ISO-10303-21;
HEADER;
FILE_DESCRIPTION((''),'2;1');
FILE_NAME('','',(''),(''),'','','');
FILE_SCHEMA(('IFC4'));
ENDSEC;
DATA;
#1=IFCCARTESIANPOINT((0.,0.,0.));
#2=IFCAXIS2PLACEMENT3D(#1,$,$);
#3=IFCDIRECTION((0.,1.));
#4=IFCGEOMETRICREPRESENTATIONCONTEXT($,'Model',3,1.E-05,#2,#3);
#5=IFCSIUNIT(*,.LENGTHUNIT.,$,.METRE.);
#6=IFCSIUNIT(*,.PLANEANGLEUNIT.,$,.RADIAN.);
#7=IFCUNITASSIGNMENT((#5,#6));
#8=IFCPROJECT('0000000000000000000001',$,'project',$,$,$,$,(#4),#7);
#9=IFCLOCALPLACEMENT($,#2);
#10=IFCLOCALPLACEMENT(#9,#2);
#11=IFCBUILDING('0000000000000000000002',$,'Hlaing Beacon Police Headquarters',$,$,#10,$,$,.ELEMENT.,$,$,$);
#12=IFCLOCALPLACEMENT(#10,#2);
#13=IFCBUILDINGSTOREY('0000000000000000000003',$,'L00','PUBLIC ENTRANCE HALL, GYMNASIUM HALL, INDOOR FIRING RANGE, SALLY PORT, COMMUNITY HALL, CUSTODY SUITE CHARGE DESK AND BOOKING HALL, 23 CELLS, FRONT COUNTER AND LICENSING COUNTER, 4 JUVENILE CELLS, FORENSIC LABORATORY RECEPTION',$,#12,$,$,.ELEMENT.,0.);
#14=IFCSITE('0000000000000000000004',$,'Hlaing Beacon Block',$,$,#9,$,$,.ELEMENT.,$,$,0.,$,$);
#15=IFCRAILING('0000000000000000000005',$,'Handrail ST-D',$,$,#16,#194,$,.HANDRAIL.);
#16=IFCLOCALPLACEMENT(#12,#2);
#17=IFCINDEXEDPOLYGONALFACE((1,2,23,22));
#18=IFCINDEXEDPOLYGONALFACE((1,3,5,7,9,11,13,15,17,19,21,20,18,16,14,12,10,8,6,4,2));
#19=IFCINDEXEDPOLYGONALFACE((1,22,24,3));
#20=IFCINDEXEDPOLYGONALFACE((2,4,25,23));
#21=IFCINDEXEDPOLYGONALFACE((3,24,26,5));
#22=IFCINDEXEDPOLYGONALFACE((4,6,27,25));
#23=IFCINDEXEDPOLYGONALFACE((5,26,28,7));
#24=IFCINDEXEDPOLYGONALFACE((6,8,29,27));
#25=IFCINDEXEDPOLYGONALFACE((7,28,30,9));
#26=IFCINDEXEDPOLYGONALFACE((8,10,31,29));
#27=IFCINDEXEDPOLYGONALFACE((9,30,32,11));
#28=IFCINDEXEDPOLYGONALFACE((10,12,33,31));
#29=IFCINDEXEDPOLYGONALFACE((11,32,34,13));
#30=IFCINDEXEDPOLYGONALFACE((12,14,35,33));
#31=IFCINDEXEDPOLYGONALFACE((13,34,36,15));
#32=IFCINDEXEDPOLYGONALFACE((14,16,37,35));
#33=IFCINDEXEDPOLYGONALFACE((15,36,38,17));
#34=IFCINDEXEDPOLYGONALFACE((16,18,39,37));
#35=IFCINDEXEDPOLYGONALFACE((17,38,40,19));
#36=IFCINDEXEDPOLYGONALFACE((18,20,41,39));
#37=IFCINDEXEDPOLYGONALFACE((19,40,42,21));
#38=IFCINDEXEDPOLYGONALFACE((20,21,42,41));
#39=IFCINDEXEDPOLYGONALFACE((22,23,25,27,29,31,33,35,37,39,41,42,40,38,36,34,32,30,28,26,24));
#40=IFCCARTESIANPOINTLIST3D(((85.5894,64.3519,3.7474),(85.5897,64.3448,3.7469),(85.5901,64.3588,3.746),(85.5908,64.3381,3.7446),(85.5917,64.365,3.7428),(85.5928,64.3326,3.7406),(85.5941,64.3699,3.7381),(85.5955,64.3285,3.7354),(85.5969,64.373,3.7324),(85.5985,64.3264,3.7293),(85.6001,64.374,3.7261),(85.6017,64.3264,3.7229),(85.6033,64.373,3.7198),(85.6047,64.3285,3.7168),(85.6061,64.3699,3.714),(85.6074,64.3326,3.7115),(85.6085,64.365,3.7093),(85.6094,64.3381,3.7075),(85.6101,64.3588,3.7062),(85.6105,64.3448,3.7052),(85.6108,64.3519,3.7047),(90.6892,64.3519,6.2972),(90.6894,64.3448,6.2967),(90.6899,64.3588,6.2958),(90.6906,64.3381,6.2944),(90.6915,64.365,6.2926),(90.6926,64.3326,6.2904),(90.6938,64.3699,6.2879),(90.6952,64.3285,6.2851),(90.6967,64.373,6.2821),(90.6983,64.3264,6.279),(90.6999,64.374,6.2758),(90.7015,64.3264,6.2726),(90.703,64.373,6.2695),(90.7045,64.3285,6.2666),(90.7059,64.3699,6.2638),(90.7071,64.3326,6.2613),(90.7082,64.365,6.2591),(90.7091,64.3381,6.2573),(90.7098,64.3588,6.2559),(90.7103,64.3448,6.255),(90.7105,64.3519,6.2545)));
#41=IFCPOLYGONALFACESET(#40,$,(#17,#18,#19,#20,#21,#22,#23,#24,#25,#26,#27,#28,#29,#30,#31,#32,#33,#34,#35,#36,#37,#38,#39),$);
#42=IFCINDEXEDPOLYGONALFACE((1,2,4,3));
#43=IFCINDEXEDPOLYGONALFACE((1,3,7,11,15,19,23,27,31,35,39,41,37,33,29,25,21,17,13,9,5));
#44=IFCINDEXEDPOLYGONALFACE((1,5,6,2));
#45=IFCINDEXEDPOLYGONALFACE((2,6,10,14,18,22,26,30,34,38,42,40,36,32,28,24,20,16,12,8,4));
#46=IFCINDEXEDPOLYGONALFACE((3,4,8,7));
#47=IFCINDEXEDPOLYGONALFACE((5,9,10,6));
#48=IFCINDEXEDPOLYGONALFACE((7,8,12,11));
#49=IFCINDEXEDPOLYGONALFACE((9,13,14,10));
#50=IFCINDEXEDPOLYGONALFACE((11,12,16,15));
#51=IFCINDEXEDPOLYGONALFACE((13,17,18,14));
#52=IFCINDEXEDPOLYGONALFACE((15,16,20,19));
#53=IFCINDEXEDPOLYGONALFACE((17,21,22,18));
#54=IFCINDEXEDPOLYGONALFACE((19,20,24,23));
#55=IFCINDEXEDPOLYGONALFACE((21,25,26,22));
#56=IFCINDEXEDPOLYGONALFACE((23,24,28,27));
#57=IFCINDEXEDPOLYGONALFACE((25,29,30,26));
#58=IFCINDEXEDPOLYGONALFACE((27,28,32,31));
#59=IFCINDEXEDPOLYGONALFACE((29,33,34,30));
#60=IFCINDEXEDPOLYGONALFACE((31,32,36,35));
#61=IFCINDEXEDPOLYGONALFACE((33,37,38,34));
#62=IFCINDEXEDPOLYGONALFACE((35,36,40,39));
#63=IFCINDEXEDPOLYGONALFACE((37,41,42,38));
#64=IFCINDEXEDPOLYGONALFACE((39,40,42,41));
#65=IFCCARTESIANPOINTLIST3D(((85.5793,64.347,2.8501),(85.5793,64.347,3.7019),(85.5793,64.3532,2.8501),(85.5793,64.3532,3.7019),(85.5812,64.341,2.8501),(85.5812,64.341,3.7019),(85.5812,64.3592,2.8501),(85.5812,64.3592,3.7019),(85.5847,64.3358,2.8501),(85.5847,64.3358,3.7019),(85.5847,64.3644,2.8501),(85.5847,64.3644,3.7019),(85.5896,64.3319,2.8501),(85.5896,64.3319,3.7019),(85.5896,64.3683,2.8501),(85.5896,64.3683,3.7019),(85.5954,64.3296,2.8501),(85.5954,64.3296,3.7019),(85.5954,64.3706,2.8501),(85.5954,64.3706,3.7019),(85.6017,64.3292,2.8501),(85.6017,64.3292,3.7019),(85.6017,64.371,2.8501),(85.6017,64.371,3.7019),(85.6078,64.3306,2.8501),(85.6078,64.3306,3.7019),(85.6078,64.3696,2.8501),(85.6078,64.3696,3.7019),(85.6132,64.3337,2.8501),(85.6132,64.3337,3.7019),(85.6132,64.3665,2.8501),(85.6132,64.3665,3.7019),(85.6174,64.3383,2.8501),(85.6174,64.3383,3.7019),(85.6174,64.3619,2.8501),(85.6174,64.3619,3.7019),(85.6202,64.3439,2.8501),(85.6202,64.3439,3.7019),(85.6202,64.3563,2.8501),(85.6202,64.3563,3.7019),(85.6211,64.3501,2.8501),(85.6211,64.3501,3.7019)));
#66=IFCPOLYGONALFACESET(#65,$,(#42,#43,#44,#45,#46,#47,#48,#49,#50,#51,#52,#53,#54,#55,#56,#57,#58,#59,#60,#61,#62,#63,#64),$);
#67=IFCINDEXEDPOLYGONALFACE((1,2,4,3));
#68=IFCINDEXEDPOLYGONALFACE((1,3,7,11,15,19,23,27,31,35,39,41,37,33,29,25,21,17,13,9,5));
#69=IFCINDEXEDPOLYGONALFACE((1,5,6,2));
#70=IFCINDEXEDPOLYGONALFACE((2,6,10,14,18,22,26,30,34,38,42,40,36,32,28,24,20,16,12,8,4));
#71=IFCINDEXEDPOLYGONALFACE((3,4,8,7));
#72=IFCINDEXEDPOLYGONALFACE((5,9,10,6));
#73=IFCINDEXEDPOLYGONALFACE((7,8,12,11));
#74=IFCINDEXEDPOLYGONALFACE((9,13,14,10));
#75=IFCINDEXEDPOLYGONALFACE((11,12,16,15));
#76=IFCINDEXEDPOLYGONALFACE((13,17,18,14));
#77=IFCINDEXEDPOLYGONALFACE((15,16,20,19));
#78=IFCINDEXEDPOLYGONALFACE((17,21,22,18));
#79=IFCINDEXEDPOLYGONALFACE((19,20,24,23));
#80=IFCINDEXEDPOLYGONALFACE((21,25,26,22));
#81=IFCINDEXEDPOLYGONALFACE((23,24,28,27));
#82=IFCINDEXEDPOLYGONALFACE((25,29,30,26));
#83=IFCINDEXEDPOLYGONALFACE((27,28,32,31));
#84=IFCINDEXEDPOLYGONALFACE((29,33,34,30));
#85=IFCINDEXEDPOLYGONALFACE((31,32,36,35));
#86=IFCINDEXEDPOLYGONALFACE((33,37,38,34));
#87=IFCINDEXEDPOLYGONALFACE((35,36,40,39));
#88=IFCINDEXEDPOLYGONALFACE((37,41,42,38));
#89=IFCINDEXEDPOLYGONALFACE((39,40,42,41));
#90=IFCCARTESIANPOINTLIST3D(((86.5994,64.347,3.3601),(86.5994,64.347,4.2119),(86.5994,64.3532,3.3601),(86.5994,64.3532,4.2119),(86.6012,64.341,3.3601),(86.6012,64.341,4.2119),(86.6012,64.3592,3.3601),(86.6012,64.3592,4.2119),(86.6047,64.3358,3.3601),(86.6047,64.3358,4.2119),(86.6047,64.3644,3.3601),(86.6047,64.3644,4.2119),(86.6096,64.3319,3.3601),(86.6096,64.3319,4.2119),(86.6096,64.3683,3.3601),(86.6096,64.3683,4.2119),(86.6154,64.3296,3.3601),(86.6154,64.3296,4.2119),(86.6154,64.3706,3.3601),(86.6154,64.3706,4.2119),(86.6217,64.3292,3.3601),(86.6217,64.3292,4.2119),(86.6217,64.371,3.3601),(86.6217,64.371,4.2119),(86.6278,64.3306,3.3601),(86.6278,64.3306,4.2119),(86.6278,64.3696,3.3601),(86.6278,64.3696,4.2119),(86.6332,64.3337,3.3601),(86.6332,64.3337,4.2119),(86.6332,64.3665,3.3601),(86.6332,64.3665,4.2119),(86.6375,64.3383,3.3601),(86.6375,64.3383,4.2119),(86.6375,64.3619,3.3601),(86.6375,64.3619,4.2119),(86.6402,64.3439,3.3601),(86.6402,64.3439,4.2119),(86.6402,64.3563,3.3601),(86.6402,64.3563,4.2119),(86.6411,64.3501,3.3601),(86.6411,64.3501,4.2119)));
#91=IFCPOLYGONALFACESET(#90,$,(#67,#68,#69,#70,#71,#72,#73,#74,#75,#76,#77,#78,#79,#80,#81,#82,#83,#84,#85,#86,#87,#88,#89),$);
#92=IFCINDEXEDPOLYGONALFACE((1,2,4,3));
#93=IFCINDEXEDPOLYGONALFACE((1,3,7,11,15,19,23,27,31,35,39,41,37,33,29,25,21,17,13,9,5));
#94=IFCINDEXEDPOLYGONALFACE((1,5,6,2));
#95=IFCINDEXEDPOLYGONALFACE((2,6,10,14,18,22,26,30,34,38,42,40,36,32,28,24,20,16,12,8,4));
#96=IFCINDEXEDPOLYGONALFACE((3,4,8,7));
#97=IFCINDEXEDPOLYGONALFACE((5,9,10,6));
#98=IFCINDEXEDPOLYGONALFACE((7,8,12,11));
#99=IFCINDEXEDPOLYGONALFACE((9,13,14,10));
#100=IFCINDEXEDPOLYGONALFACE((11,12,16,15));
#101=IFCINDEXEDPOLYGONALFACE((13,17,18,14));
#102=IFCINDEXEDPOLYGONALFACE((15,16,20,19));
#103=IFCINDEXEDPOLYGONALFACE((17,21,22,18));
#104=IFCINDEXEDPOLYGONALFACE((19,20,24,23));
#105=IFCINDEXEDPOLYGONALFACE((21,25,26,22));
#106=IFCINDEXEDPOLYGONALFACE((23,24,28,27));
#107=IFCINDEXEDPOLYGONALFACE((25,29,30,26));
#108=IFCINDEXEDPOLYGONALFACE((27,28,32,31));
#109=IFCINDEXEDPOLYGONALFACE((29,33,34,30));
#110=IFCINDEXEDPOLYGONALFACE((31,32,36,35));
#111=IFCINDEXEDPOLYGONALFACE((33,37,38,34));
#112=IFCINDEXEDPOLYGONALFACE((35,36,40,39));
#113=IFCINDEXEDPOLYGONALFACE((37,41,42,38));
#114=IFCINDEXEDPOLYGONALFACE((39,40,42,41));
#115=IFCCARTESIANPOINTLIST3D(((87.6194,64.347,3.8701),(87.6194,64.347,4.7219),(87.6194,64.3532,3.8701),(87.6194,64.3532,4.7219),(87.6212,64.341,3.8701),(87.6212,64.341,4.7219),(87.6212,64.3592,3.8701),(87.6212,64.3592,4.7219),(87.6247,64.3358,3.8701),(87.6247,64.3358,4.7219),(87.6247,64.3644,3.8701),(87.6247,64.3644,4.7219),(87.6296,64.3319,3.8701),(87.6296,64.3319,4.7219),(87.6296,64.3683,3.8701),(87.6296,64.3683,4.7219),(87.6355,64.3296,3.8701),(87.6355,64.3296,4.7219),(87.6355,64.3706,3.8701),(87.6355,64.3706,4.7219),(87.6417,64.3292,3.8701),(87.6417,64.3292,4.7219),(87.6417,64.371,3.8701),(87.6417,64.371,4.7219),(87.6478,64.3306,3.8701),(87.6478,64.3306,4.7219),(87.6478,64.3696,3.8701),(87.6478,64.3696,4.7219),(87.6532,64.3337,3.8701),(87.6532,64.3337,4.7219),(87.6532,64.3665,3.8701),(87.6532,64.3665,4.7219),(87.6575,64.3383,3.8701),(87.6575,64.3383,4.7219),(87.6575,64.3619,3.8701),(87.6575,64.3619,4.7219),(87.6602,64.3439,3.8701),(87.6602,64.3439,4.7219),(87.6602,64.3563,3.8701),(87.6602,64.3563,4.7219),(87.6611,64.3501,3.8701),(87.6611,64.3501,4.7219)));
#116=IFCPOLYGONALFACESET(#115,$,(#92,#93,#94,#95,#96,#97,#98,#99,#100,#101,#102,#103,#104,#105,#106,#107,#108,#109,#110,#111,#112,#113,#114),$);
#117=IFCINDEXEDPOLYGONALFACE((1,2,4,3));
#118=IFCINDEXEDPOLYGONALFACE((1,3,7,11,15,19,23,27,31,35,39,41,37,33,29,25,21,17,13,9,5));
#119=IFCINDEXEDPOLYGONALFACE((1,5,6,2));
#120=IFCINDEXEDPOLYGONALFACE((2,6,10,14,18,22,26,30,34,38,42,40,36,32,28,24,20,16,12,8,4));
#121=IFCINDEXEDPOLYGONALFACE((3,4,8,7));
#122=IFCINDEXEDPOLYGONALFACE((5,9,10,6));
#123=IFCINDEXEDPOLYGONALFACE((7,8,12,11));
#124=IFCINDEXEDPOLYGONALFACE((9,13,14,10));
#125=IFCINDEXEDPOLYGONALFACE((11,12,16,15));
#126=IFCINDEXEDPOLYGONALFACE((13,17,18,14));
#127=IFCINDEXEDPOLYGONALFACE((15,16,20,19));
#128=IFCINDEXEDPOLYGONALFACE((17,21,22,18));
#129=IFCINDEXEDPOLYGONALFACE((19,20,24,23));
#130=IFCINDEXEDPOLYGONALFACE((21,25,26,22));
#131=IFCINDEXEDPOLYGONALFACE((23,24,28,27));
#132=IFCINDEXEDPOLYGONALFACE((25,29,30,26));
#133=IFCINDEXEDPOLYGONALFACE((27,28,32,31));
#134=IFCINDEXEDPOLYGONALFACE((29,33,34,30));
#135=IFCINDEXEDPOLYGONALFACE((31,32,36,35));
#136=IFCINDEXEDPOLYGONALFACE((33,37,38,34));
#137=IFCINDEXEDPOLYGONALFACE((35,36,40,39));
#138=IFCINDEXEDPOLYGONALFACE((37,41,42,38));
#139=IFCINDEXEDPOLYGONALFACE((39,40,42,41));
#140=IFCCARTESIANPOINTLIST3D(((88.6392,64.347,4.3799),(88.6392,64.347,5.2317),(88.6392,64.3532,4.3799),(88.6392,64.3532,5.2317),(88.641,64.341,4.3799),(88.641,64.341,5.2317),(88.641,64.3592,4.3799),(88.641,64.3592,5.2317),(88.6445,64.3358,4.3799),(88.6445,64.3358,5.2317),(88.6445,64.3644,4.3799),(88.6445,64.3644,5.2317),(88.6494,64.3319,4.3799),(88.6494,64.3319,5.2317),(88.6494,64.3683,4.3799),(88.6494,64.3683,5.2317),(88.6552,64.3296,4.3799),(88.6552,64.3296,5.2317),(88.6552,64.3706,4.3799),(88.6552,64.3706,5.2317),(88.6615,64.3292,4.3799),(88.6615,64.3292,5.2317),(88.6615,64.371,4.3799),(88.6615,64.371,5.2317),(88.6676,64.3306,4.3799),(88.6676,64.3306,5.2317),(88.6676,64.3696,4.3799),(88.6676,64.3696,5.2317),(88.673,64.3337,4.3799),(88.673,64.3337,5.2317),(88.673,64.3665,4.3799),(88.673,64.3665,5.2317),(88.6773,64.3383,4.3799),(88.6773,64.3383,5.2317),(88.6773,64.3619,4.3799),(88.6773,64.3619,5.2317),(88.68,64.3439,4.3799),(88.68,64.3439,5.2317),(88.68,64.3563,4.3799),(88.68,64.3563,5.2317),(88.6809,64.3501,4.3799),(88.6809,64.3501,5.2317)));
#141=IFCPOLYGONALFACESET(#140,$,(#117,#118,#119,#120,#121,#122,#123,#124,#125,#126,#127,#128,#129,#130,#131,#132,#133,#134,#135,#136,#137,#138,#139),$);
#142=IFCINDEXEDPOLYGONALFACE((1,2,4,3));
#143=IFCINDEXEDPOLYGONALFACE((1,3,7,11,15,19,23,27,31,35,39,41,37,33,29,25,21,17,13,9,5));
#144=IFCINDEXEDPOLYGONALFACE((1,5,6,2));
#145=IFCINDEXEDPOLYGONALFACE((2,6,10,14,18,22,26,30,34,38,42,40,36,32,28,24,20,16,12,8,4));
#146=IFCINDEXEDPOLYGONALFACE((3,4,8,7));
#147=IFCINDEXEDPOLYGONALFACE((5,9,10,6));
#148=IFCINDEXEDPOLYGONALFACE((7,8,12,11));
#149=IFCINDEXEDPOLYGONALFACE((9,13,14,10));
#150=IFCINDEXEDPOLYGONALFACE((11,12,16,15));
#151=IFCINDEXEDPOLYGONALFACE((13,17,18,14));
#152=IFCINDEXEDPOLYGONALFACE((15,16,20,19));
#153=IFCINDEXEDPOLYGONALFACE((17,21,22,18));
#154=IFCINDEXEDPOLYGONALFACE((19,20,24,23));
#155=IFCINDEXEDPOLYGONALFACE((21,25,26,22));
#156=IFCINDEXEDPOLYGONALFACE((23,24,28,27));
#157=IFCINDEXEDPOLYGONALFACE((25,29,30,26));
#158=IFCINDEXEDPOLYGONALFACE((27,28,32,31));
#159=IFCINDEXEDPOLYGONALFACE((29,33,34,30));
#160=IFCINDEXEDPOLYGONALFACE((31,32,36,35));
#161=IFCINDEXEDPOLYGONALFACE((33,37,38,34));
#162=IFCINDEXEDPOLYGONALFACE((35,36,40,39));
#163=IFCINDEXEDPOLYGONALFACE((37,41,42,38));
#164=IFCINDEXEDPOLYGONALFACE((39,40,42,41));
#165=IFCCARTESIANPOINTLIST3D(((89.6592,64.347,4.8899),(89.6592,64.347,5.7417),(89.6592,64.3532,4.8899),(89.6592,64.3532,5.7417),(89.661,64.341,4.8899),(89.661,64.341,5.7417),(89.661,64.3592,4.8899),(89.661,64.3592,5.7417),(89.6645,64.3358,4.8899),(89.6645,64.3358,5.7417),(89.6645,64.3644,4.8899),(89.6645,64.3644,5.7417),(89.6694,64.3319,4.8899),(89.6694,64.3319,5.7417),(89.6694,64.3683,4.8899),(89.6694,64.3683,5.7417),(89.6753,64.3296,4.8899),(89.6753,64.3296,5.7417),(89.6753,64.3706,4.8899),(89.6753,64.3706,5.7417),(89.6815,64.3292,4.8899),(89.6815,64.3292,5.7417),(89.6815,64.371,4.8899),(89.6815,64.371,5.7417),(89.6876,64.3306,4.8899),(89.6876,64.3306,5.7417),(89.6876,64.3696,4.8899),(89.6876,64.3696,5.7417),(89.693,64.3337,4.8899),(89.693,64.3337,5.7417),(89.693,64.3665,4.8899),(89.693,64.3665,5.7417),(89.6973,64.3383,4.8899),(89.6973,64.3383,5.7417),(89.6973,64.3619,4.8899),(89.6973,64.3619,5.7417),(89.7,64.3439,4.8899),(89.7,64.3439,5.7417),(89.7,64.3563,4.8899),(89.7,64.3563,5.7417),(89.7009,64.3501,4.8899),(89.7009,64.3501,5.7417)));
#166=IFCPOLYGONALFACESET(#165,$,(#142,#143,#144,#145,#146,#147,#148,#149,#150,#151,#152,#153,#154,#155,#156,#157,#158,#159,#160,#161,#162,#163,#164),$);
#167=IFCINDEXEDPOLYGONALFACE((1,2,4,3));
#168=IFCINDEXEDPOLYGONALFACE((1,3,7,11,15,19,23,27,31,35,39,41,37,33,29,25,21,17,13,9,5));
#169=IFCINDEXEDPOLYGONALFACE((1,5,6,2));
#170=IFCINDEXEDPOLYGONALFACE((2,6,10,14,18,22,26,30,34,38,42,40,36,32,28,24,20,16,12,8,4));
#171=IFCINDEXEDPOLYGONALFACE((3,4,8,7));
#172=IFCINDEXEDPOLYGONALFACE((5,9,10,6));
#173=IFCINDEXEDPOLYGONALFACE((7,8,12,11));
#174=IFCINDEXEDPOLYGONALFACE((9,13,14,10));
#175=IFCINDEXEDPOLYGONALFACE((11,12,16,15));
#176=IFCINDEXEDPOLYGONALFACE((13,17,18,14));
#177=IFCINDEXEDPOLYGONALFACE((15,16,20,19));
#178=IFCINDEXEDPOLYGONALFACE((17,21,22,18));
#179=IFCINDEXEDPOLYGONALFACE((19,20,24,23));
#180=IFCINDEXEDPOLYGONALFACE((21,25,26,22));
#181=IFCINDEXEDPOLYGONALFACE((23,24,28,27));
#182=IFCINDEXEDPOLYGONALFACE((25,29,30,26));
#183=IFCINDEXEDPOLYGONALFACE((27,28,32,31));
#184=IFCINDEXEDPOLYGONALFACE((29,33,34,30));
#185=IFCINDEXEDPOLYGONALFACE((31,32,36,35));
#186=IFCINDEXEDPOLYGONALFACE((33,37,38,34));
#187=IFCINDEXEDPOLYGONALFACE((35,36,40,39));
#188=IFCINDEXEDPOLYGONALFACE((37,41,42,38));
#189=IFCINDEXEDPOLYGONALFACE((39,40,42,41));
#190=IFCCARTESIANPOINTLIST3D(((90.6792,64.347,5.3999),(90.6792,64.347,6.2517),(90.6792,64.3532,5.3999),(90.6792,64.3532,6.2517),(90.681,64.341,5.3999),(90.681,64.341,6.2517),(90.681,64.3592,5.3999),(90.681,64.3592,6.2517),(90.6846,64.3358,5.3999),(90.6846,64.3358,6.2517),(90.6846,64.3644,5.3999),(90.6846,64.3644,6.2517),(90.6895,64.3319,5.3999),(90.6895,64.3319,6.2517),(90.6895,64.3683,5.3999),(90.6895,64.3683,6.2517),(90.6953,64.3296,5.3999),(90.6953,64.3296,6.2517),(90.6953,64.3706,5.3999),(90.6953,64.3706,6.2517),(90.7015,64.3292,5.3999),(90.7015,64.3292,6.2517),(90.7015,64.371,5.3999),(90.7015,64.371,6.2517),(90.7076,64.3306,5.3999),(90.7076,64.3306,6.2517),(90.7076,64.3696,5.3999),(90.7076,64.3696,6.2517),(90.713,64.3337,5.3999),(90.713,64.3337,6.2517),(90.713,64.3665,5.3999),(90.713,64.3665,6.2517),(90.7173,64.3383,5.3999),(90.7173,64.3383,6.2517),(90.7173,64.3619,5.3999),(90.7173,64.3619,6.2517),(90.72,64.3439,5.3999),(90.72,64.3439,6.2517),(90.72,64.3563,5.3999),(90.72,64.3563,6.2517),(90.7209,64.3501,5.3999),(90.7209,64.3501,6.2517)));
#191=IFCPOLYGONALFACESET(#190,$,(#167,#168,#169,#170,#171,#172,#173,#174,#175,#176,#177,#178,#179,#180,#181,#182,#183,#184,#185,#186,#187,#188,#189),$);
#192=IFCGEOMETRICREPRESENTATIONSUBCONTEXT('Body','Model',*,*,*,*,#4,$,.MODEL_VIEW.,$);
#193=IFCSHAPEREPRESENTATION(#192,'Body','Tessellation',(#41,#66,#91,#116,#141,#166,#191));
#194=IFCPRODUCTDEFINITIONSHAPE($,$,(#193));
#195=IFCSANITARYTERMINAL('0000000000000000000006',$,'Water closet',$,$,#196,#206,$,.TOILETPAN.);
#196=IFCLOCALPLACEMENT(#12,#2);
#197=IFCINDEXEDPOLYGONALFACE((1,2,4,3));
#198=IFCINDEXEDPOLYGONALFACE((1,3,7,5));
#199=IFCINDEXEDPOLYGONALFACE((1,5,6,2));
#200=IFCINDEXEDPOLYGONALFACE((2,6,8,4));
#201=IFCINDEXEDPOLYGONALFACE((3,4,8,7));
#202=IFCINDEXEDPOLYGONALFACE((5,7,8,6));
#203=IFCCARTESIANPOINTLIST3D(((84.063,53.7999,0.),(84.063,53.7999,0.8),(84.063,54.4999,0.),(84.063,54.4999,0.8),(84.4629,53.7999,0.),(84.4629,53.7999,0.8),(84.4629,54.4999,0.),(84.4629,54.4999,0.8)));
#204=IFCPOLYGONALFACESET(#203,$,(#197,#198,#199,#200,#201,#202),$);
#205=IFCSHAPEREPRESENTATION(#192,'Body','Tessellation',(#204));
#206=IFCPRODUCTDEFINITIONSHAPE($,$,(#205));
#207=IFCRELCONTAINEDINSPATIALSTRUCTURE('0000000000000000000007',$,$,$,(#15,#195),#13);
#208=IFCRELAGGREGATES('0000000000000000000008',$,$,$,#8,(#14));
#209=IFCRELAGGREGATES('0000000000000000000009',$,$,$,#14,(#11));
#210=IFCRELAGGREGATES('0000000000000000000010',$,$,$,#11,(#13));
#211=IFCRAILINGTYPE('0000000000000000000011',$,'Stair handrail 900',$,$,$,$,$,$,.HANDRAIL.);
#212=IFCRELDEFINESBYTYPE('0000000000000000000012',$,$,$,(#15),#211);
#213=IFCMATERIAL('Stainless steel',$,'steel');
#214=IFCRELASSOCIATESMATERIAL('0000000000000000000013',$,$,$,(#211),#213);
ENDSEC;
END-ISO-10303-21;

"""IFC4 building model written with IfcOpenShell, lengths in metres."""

from ifc_helpers import new_model, si_unit, direction, frame, origin, origin_2d, place, context, subcontext, project, spatial, rectangle, circle, extrude, material, type_object, element, save


model = new_model("IFC4")

# Units and contexts
model_context = context("Model", 3, precision=1e-05, world=origin(), true_north=direction((0.0, 1.0)))
body_context = subcontext(model_context, "Body", "Model", "MODEL_VIEW")
ifc_project = project(units=[si_unit("LENGTHUNIT", "METRE"), si_unit("PLANEANGLEUNIT", "RADIAN")], contexts=[model_context])

# Site, building, storey
site_placement = place(None, origin())
site = spatial("IfcSite", under=ifc_project, at=site_placement, Name="Hlaing Beacon Block", CompositionType="ELEMENT", RefElevation=0.0)
building_placement = place(site_placement, origin())
building = spatial("IfcBuilding", under=site, at=building_placement, Name="Hlaing Beacon Police Headquarters", CompositionType="ELEMENT")
storey_placement = place(building_placement, origin())
storey = spatial("IfcBuildingStorey", under=building, at=storey_placement, Name="L00", Description="PUBLIC ENTRANCE HALL, GYMNASIUM HALL, INDOOR FIRING RANGE, SALLY PORT, COMMUNITY HALL, CUSTODY SUITE CHARGE DESK AND BOOKING HALL, 23 CELLS, FRONT COUNTER AND LICENSING COUNTER, 4 JUVENILE CELLS, FORENSIC LABORATORY RECEPTION", CompositionType="ELEMENT", Elevation=0.0)

# Railing
ifc_material_1 = material(Name="Stainless steel", Category="steel")
railing_type = type_object("IfcRailingType", Name="Stair handrail 900", PredefinedType="HANDRAIL", material=ifc_material_1)
for number, where, name in (
    (1, (85.6001, 64.3501, 2.8501), "Handrail ST-D"),
):
    element("IfcRailing", number, at=place(storey_placement, frame(where)), inside=storey, type_object=railing_type, Name=name, PredefinedType="HANDRAIL", context=body_context, shape_type="SweptSolid", body=[
        extrude(circle(Radius=0.0239, at=origin_2d()), frame((0.0, 0.0, 0.876), z_axis=(0.894436, 0.0, 0.447196), x_axis=(0.0, 1.0, 0.0)), (0.0, 0.0, 1.0), 5.7017),
        extrude(circle(Radius=0.021, at=origin_2d()), origin(), (0.0, 0.0, 1.0), 0.8518),
        extrude(circle(Radius=0.021, at=origin_2d()), frame((1.02, 0.0, 0.51)), (0.0, 0.0, 1.0), 0.8518),
        extrude(circle(Radius=0.021, at=origin_2d()), frame((2.04, 0.0, 1.02)), (0.0, 0.0, 1.0), 0.8518),
        extrude(circle(Radius=0.021, at=origin_2d()), frame((3.0598, 0.0, 1.5298)), (0.0, 0.0, 1.0), 0.8518),
        extrude(circle(Radius=0.021, at=origin_2d()), frame((4.0798, 0.0, 2.0398)), (0.0, 0.0, 1.0), 0.8518),
        extrude(circle(Radius=0.021, at=origin_2d()), frame((5.0999, 0.0, 2.5498)), (0.0, 0.0, 1.0), 0.8518),
    ])

# Sanitary terminal
sanitary_terminal_1_placement = place(storey_placement, frame((84.2629, 54.1499, 0.0), z_axis=(0.0, 0.0, 1.0), x_axis=(1.0, 0.0, 0.0)))
element("IfcSanitaryTerminal", 2, at=sanitary_terminal_1_placement, inside=storey, Name="Water closet", PredefinedType="TOILETPAN", context=body_context, shape_type="SweptSolid", body=[
    extrude(rectangle(XDim=0.3999, YDim=0.7, at=origin_2d()), origin(), (0.0, 0.0, 1.0), 0.8),
])

save(model, "model.ifc")
